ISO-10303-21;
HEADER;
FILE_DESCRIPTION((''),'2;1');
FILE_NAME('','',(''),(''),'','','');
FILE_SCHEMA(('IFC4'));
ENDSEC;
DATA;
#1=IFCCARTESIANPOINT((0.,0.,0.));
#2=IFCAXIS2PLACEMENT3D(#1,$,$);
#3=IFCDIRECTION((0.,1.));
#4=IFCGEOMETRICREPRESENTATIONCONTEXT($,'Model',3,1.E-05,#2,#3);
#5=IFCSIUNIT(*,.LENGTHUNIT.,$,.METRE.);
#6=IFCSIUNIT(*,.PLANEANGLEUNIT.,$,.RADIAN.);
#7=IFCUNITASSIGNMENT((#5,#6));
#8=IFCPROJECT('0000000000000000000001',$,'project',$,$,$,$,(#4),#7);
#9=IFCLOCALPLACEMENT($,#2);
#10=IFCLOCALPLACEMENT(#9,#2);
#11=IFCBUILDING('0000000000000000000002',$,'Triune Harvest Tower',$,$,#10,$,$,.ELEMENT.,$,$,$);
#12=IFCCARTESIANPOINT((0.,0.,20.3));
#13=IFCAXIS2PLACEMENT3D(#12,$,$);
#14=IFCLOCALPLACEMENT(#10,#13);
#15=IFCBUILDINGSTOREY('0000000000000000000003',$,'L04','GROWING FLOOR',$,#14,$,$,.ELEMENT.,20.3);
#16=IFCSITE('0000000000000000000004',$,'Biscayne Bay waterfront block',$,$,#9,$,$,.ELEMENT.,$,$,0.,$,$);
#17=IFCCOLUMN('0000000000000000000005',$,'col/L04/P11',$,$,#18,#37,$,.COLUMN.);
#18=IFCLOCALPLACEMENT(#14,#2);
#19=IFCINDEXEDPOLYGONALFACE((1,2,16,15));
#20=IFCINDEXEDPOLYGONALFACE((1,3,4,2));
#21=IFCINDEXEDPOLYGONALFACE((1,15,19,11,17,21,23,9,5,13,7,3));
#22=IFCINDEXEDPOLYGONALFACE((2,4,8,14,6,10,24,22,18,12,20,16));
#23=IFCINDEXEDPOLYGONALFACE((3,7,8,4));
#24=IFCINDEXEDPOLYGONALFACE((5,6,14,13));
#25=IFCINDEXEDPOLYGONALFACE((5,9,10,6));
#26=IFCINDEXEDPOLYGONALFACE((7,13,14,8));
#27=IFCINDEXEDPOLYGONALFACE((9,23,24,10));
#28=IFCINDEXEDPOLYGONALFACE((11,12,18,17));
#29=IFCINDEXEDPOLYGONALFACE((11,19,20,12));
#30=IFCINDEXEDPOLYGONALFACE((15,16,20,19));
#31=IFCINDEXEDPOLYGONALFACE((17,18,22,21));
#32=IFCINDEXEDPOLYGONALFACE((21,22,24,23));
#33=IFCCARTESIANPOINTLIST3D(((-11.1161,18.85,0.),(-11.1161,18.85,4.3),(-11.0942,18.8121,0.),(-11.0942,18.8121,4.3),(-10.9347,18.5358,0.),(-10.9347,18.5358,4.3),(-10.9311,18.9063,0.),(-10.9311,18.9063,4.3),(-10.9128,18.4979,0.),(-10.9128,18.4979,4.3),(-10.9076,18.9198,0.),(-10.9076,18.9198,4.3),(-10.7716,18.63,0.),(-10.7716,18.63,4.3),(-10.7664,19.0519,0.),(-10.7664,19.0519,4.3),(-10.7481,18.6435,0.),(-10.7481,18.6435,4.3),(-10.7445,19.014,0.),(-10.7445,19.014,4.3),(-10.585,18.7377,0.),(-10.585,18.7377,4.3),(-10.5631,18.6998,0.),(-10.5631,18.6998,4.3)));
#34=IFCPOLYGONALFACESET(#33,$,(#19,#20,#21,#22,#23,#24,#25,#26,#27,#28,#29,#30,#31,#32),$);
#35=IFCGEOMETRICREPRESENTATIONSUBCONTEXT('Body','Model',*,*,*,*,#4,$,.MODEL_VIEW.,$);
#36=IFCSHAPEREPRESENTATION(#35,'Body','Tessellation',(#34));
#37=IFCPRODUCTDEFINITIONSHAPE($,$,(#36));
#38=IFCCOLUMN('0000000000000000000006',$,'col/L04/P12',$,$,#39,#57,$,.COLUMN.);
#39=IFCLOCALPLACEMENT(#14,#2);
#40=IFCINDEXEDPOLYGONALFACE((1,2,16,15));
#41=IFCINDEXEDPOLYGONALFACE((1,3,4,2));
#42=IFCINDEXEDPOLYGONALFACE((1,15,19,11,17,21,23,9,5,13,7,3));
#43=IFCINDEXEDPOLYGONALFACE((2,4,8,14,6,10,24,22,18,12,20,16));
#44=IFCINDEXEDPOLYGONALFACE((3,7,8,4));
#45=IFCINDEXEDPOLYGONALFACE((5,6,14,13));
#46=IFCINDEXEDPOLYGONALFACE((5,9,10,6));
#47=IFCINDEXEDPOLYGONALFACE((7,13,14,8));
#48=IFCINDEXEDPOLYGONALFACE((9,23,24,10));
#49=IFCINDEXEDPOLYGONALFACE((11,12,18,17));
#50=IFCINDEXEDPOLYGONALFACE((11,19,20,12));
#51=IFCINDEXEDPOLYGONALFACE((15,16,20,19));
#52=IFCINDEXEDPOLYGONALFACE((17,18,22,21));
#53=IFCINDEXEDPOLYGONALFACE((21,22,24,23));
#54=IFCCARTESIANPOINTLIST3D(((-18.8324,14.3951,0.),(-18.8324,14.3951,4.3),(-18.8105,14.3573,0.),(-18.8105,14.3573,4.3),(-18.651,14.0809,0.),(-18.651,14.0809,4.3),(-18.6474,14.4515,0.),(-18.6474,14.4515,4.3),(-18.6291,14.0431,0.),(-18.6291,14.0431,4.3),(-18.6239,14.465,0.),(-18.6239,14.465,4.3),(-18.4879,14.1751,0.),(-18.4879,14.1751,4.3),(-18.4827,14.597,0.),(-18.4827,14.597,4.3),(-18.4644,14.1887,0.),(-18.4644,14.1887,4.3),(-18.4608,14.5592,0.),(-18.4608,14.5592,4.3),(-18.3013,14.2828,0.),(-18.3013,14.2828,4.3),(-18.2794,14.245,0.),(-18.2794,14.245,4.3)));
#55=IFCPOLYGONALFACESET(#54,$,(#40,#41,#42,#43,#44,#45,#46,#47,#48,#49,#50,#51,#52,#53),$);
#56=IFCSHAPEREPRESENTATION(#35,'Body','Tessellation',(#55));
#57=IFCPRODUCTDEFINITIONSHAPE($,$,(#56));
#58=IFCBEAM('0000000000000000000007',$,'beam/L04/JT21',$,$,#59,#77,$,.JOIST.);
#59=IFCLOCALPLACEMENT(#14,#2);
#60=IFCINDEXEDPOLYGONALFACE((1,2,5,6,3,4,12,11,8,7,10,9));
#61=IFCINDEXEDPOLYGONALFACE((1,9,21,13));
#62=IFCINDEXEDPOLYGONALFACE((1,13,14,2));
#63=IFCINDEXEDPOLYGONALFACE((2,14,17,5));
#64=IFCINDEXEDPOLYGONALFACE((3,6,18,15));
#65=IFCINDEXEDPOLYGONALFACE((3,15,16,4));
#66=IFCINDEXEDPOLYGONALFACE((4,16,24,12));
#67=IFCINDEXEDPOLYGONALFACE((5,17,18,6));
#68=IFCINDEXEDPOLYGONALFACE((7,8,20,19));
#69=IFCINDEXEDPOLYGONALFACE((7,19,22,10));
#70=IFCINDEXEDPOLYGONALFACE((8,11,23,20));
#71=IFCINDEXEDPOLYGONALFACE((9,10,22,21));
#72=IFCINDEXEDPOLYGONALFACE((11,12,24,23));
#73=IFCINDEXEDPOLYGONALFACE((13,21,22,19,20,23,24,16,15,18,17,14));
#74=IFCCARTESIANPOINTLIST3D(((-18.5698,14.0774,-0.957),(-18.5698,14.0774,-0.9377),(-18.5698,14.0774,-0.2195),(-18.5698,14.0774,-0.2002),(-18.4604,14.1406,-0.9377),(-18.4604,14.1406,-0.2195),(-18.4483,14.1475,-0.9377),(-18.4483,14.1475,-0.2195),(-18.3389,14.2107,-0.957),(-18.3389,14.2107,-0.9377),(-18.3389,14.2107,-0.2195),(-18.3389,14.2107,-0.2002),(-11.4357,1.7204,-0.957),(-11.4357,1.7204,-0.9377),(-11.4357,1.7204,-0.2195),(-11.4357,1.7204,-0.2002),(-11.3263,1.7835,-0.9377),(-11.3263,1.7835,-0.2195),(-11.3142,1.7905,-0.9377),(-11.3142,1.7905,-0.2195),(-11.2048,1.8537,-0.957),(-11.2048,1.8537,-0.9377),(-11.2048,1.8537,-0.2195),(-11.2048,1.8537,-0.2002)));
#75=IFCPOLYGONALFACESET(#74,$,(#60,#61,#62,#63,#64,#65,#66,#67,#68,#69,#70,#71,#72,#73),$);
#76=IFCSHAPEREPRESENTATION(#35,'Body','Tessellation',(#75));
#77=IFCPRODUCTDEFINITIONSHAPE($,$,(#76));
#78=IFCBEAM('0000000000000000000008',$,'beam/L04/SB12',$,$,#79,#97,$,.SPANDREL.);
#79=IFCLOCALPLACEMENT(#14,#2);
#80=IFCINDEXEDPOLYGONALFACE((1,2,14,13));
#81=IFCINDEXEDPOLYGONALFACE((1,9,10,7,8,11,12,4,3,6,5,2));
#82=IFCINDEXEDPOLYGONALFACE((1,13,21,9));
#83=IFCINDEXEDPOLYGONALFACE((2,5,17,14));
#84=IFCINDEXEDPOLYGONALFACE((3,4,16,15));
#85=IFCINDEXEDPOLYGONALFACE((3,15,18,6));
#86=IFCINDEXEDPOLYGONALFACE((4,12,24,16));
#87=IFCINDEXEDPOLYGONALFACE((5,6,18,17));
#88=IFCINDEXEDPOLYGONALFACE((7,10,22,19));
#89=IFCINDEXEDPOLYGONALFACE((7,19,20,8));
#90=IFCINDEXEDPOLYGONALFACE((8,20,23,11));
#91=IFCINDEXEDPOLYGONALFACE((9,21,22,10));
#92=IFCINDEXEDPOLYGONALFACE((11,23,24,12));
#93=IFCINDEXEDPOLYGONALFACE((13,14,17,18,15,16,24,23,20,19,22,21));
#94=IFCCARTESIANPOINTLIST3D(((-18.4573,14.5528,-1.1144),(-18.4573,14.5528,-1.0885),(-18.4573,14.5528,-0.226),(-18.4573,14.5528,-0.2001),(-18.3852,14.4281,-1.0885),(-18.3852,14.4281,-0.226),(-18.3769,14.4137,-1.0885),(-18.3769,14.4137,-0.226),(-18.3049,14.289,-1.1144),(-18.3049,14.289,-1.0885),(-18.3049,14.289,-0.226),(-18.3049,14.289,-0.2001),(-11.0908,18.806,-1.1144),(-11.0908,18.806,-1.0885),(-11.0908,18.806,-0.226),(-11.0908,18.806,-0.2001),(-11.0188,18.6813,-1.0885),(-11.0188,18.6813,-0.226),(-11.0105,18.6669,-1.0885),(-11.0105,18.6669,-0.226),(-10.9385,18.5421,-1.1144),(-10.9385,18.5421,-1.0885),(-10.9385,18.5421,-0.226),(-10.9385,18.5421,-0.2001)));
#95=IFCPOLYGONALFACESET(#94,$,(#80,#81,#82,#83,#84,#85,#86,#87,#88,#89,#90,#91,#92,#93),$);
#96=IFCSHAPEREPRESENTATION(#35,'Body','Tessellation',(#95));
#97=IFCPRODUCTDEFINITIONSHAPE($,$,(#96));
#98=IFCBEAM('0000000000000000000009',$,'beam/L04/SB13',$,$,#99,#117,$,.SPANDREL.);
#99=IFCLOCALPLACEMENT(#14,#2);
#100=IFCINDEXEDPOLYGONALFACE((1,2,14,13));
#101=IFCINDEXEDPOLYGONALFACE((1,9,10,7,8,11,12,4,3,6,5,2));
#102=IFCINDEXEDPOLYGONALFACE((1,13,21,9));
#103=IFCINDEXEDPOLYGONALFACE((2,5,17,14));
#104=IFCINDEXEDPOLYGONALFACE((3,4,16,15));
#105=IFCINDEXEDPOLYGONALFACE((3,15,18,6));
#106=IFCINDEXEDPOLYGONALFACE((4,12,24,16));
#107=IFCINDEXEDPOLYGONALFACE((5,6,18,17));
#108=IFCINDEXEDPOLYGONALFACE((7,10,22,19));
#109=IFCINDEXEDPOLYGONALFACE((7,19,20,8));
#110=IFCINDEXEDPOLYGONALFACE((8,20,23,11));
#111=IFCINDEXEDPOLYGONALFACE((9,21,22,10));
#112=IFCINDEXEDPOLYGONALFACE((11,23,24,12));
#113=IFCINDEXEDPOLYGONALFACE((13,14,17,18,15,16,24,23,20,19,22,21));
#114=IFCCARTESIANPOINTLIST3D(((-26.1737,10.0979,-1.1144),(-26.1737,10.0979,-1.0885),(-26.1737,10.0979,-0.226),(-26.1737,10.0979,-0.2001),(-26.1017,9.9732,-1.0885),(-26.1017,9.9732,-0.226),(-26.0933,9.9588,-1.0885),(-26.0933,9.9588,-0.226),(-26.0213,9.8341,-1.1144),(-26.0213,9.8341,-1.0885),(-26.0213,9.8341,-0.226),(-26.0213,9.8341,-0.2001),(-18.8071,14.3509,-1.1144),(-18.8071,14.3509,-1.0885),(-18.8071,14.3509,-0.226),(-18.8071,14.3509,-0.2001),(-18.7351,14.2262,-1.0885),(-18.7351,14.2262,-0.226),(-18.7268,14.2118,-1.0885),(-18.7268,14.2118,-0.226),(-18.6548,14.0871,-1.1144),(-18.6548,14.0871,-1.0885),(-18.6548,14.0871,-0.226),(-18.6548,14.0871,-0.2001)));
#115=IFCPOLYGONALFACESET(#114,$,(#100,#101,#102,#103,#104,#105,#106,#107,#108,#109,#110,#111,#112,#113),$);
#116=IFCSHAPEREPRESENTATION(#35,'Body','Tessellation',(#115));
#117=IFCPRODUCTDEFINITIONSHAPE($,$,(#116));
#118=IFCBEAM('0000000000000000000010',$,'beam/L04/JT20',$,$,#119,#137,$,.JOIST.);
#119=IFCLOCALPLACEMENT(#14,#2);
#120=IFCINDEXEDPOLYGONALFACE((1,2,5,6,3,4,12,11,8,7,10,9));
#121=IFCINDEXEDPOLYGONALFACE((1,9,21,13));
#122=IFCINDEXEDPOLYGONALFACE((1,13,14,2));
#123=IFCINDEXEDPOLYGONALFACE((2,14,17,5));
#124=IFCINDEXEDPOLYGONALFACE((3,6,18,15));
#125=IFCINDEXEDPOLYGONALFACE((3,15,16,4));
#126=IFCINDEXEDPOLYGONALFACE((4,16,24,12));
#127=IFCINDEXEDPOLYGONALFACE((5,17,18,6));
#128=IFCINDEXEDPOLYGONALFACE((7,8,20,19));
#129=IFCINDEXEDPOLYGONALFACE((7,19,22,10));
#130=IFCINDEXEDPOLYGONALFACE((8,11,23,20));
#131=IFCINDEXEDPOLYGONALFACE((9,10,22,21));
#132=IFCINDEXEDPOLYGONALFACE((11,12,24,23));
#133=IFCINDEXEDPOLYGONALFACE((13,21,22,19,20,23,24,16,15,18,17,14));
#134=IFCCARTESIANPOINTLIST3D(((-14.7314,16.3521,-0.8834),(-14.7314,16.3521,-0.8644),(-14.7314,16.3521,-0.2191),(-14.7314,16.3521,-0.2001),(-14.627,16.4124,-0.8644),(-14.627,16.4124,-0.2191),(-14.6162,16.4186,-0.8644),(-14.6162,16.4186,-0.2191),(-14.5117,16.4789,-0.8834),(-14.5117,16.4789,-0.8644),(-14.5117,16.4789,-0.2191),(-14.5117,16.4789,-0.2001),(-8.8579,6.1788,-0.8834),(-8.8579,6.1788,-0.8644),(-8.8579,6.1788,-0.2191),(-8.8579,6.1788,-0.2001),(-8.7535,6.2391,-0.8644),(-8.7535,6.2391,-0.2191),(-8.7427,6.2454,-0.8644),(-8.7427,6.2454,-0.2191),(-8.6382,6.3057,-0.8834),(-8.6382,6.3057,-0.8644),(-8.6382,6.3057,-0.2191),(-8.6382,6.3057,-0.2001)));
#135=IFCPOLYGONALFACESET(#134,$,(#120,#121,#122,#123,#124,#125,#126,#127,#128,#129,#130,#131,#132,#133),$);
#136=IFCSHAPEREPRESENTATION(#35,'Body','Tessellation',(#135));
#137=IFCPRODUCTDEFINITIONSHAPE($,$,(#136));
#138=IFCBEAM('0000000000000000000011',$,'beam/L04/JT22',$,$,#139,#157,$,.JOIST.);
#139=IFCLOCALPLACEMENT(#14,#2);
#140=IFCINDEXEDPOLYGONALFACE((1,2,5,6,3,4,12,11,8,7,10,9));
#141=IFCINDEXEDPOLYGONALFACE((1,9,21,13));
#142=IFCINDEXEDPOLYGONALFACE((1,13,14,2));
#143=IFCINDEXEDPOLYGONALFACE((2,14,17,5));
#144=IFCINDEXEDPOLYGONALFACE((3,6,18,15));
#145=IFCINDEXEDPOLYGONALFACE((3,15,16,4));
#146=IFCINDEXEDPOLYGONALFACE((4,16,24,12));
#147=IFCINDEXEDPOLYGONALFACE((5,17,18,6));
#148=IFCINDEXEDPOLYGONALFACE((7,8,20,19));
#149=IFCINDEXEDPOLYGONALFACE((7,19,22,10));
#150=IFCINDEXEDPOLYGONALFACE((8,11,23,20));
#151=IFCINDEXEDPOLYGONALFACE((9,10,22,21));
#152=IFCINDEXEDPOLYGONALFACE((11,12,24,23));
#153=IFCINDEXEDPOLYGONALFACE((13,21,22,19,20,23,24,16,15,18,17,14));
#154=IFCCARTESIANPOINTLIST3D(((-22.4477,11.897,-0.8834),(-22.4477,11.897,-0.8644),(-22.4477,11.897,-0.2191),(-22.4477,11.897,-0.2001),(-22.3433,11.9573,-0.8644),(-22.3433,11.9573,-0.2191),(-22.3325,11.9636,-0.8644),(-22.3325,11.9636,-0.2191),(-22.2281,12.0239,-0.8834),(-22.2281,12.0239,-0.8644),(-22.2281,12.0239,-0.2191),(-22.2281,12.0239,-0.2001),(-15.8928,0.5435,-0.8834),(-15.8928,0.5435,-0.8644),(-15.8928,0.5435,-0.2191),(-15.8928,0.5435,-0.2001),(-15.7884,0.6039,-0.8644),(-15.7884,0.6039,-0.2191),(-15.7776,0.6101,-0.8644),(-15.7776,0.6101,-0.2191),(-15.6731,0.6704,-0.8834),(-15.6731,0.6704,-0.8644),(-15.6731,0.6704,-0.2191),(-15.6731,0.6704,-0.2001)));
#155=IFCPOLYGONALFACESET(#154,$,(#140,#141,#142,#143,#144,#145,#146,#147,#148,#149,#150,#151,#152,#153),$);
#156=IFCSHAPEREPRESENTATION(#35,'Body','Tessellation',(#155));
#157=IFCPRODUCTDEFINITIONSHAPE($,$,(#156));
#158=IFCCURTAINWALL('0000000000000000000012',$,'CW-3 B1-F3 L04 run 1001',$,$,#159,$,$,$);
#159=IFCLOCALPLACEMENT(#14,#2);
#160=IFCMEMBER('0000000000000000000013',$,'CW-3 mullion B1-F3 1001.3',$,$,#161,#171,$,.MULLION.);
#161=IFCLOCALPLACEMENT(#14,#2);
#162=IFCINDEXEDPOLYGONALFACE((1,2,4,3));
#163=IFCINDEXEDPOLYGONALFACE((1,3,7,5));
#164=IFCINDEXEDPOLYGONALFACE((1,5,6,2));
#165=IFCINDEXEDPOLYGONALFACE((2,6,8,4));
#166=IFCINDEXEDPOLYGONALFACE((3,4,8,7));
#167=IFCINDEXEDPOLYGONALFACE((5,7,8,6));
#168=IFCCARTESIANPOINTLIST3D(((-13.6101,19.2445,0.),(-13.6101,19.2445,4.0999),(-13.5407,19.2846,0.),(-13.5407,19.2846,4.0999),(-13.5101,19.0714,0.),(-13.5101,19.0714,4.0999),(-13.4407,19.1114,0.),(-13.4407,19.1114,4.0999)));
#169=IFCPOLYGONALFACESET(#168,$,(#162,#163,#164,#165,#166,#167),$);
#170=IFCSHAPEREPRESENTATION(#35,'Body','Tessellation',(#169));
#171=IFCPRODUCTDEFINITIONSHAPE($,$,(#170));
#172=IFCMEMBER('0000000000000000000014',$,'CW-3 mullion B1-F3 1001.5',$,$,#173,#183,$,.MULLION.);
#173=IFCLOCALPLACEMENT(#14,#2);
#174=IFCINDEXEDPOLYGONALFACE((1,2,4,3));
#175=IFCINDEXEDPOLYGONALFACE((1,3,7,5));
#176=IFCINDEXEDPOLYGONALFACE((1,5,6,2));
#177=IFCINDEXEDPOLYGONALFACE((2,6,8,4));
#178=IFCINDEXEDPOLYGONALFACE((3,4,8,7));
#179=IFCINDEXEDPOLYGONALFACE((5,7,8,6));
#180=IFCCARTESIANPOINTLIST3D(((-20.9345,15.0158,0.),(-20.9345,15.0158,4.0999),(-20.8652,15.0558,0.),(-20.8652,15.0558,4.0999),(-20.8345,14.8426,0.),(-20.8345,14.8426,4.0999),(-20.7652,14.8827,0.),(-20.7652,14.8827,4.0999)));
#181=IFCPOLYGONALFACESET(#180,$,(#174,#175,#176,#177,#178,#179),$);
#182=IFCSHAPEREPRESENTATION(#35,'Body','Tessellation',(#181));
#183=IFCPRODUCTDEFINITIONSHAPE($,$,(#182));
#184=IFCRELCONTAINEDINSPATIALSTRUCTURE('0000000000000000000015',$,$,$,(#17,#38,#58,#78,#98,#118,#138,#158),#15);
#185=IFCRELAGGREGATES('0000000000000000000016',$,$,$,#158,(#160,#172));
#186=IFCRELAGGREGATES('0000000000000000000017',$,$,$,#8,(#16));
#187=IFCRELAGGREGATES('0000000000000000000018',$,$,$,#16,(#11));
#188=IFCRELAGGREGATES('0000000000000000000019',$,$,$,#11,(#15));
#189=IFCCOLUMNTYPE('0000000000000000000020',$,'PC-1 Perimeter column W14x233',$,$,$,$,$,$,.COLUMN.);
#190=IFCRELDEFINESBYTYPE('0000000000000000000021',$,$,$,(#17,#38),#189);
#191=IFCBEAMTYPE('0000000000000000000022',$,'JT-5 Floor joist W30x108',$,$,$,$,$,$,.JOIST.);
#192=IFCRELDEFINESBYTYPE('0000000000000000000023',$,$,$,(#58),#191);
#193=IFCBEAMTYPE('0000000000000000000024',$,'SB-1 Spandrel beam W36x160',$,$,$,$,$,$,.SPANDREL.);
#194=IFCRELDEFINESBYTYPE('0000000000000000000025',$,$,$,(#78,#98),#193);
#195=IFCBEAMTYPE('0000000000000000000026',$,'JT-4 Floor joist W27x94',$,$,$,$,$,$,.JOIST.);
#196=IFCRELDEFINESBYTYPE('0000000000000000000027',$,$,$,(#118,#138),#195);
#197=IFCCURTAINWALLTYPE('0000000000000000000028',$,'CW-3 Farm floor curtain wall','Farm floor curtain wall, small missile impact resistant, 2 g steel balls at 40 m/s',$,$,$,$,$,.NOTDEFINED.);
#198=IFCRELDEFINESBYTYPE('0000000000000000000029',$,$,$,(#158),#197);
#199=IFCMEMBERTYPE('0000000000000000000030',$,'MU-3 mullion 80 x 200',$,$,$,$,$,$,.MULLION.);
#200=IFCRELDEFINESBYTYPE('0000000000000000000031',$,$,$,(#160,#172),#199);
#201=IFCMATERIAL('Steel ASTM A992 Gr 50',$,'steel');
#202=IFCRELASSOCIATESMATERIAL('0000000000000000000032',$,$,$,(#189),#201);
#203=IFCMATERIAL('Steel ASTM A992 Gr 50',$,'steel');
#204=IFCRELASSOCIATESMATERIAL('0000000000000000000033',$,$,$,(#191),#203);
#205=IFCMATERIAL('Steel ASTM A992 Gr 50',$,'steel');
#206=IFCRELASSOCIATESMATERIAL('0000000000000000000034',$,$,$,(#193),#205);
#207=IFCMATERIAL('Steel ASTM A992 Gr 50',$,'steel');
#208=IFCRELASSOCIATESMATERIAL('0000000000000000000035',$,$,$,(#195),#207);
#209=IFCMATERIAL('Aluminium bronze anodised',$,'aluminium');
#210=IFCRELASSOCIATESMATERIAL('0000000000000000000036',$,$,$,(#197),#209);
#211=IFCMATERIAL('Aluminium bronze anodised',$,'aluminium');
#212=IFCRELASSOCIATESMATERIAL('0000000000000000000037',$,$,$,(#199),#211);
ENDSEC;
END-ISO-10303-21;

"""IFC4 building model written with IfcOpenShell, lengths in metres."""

from ifc_helpers import new_model, si_unit, direction, frame, origin, origin_2d, place, context, subcontext, project, spatial, rectangle, i_section, extrude, source, transform, mapped, material, material_profile, profile_set, type_object, element, aggregate, save


model = new_model("IFC4")

# Units and contexts
model_context = context("Model", 3, precision=1e-05, world=origin(), true_north=direction((0.0, 1.0)))
body_context = subcontext(model_context, "Body", "Model", "MODEL_VIEW")
ifc_project = project(units=[si_unit("LENGTHUNIT", "METRE"), si_unit("PLANEANGLEUNIT", "RADIAN")], contexts=[model_context])

# Site, building, storey
site_placement = place(None, origin())
site = spatial("IfcSite", under=ifc_project, at=site_placement, Name="Biscayne Bay waterfront block", CompositionType="ELEMENT", RefElevation=0.0)
building_placement = place(site_placement, origin())
building = spatial("IfcBuilding", under=site, at=building_placement, Name="Triune Harvest Tower", CompositionType="ELEMENT")
storey_placement = place(building_placement, frame((0.0, 0.0, 20.3)))
storey = spatial("IfcBuildingStorey", under=building, at=storey_placement, Name="L04", Description="GROWING FLOOR", CompositionType="ELEMENT", Elevation=20.3)

# Columns
ifc_material_1 = material(Name="Steel ASTM A992 Gr 50", Category="steel")
ifc_material_profile_1 = material_profile(ifc_material_1, i_section(OverallWidth=0.4038, OverallDepth=0.4065, WebThickness=0.0271, FlangeThickness=0.0437, at=origin_2d()), Name="W14x233")
ifc_profile_set_1 = profile_set([ifc_material_profile_1], Name="Steel ASTM A992 Gr 50")
column_type = type_object("IfcColumnType", Name="PC-1 Perimeter column W14x233", PredefinedType="COLUMN", material=ifc_profile_set_1)
shared_shape_1 = source(origin(), body_context, "Body", "SweptSolid", [
    extrude(i_section(OverallWidth=0.4038, OverallDepth=0.4065, WebThickness=0.0271, FlangeThickness=0.0437, at=origin_2d()), origin(), (0.0, 0.0, 1.0), 4.3),
])
for number, where, z_axis, x_axis, name in (
    (1, (-10.8396, 18.7749, 0.0), (0.0, 0.0, 1.0), (-0.866025, -0.5, 0.0), "col/L04/P11"),
    (2, (-18.5559, 14.3201, 0.0), (0.0, 0.0, 1.0), (-0.866025, -0.5, 0.0), "col/L04/P12"),
):
    element("IfcColumn", number, at=place(storey_placement, frame(where, z_axis=z_axis, x_axis=x_axis)), inside=storey, type_object=column_type, Name=name, PredefinedType="COLUMN", context=body_context, shape_type="MappedRepresentation", body=[
        mapped(shared_shape_1, transform((0.0, 0.0, 0.0), scale=1.0)),
    ])

# Beams
ifc_material_2 = material(Name="Steel ASTM A992 Gr 50", Category="steel")
ifc_material_profile_2 = material_profile(ifc_material_2, i_section(OverallWidth=0.2666, OverallDepth=0.7568, WebThickness=0.0139, FlangeThickness=0.0193, at=origin_2d()), Name="W30x108")
ifc_profile_set_2 = profile_set([ifc_material_profile_2], Name="Steel ASTM A992 Gr 50")
beam_type_1 = type_object("IfcBeamType", Name="JT-5 Floor joist W30x108", PredefinedType="JOIST", material=ifc_profile_set_2)
shared_shape_2 = source(origin(), body_context, "Body", "SweptSolid", [
    extrude(i_section(OverallWidth=0.2666, OverallDepth=0.7568, WebThickness=0.0139, FlangeThickness=0.0193, at=origin_2d()), origin(), (0.0, 0.0, 1.0), 14.2686),
])
beam_1_placement = place(storey_placement, frame((-18.4543, 14.144, -0.5786), z_axis=(0.499987, -0.866033, 0.0), x_axis=(0.866033, 0.499987, 0.0)))
element("IfcBeam", 3, at=beam_1_placement, inside=storey, type_object=beam_type_1, Name="beam/L04/JT21", PredefinedType="JOIST", context=body_context, shape_type="MappedRepresentation", body=[
    mapped(shared_shape_2, transform((0.0, 0.0, 0.0), scale=1.0)),
])
ifc_material_3 = material(Name="Steel ASTM A992 Gr 50", Category="steel")
ifc_material_profile_3 = material_profile(ifc_material_3, i_section(OverallWidth=0.3047, OverallDepth=0.9143, WebThickness=0.0166, FlangeThickness=0.0259, at=origin_2d()), Name="W36x160")
ifc_profile_set_3 = profile_set([ifc_material_profile_3], Name="Steel ASTM A992 Gr 50")
beam_type_2 = type_object("IfcBeamType", Name="SB-1 Spandrel beam W36x160", PredefinedType="SPANDREL", material=ifc_profile_set_3)
shared_shape_3 = source(origin(), body_context, "Body", "SweptSolid", [
    extrude(i_section(OverallWidth=0.3047, OverallDepth=0.9143, WebThickness=0.0166, FlangeThickness=0.0259, at=origin_2d()), origin(), (0.0, 0.0, 1.0), 8.5061),
])
for number, where, z_axis, x_axis, name in (
    (4, (-11.0146, 18.6741, -0.6572), (-0.866018, -0.500013, 0.0), (0.500013, -0.866018, 0.0), "beam/L04/SB12"),
    (5, (-18.731, 14.219, -0.6572), (-0.86603, -0.499992, 0.0), (0.499992, -0.86603, 0.0), "beam/L04/SB13"),
):
    element("IfcBeam", number, at=place(storey_placement, frame(where, z_axis=z_axis, x_axis=x_axis)), inside=storey, type_object=beam_type_2, Name=name, PredefinedType="SPANDREL", context=body_context, shape_type="MappedRepresentation", body=[
        mapped(shared_shape_3, transform((0.0, 0.0, 0.0), scale=1.0)),
    ])
ifc_material_4 = material(Name="Steel ASTM A992 Gr 50", Category="steel")
ifc_material_profile_4 = material_profile(ifc_material_4, i_section(OverallWidth=0.2537, OverallDepth=0.6833, WebThickness=0.0125, FlangeThickness=0.019, at=origin_2d()), Name="W27x94")
ifc_profile_set_4 = profile_set([ifc_material_profile_4], Name="Steel ASTM A992 Gr 50")
beam_type_3 = type_object("IfcBeamType", Name="JT-4 Floor joist W27x94", PredefinedType="JOIST", material=ifc_profile_set_4)
shared_shape_4 = source(origin(), body_context, "Body", "SweptSolid", [
    extrude(i_section(OverallWidth=0.2537, OverallDepth=0.6833, WebThickness=0.0125, FlangeThickness=0.019, at=origin_2d()), origin(), (0.0, 0.0, 1.0), 11.7471),
])
beam_2_placement = place(storey_placement, frame((-14.6216, 16.4155, -0.5417), z_axis=(0.499997, -0.866027, 0.0), x_axis=(0.866027, 0.499997, 0.0)))
element("IfcBeam", 6, at=beam_2_placement, inside=storey, type_object=beam_type_3, Name="beam/L04/JT20", PredefinedType="JOIST", context=body_context, shape_type="MappedRepresentation", body=[
    mapped(shared_shape_4, transform((0.0, 0.0, 0.0), scale=1.0)),
])
shared_shape_5 = source(origin(), body_context, "Body", "SweptSolid", [
    extrude(i_section(OverallWidth=0.2537, OverallDepth=0.6833, WebThickness=0.0125, FlangeThickness=0.019, at=origin_2d()), origin(), (0.0, 0.0, 1.0), 13.1099),
])
beam_3_placement = place(storey_placement, frame((-22.3379, 11.9604, -0.5417), z_axis=(0.499999, -0.866026, 0.0), x_axis=(0.866026, 0.499999, 0.0)))
element("IfcBeam", 7, at=beam_3_placement, inside=storey, type_object=beam_type_3, Name="beam/L04/JT22", PredefinedType="JOIST", context=body_context, shape_type="MappedRepresentation", body=[
    mapped(shared_shape_5, transform((0.0, 0.0, 0.0), scale=1.0)),
])

# Curtain wall, members
ifc_material_5 = material(Name="Aluminium bronze anodised", Category="aluminium")
curtain_wall_type_1 = type_object("IfcCurtainWallType", Name="CW-3 Farm floor curtain wall", Description="Farm floor curtain wall, small missile impact resistant, 2 g steel balls at 40 m/s", PredefinedType="NOTDEFINED", material=ifc_material_5)
curtain_wall_1_placement = place(storey_placement, origin())
curtain_wall_1 = element("IfcCurtainWall", 8, at=curtain_wall_1_placement, inside=storey, type_object=curtain_wall_type_1, Name="CW-3 B1-F3 L04 run 1001")
ifc_material_6 = material(Name="Aluminium bronze anodised", Category="aluminium")
ifc_material_profile_5 = material_profile(ifc_material_6, rectangle(XDim=0.2, YDim=0.0801, at=origin_2d()), Name="MU-3 mullion 80 x 200")
ifc_profile_set_5 = profile_set([ifc_material_profile_5], Name="Aluminium bronze anodised")
member_type_1 = type_object("IfcMemberType", Name="MU-3 mullion 80 x 200", PredefinedType="MULLION", material=ifc_profile_set_5)
shared_shape_6 = source(origin(), body_context, "Body", "SweptSolid", [
    extrude(rectangle(XDim=0.2, YDim=0.0801, at=origin_2d()), origin(), (0.0, 0.0, 1.0), 4.0999),
])
member_1_placement = place(storey_placement, frame((-13.5254, 19.178, 0.0), z_axis=(0.0, 0.0, 1.0), x_axis=(0.5, -0.866025, 0.0)))
member_1 = element("IfcMember", 9, at=member_1_placement, type_object=member_type_1, Name="CW-3 mullion B1-F3 1001.3", PredefinedType="MULLION", context=body_context, shape_type="MappedRepresentation", body=[
    mapped(shared_shape_6, transform((0.0, 0.0, 0.0), scale=1.0)),
])
member_2_placement = place(storey_placement, frame((-20.8499, 14.9492, 0.0), z_axis=(0.0, 0.0, 1.0), x_axis=(0.5, -0.866025, 0.0)))
member_2 = element("IfcMember", 10, at=member_2_placement, type_object=member_type_1, Name="CW-3 mullion B1-F3 1001.5", PredefinedType="MULLION", context=body_context, shape_type="MappedRepresentation", body=[
    mapped(shared_shape_6, transform((0.0, 0.0, 0.0), scale=1.0)),
])

aggregate(curtain_wall_1, [member_1, member_2])

save(model, "model.ifc")
